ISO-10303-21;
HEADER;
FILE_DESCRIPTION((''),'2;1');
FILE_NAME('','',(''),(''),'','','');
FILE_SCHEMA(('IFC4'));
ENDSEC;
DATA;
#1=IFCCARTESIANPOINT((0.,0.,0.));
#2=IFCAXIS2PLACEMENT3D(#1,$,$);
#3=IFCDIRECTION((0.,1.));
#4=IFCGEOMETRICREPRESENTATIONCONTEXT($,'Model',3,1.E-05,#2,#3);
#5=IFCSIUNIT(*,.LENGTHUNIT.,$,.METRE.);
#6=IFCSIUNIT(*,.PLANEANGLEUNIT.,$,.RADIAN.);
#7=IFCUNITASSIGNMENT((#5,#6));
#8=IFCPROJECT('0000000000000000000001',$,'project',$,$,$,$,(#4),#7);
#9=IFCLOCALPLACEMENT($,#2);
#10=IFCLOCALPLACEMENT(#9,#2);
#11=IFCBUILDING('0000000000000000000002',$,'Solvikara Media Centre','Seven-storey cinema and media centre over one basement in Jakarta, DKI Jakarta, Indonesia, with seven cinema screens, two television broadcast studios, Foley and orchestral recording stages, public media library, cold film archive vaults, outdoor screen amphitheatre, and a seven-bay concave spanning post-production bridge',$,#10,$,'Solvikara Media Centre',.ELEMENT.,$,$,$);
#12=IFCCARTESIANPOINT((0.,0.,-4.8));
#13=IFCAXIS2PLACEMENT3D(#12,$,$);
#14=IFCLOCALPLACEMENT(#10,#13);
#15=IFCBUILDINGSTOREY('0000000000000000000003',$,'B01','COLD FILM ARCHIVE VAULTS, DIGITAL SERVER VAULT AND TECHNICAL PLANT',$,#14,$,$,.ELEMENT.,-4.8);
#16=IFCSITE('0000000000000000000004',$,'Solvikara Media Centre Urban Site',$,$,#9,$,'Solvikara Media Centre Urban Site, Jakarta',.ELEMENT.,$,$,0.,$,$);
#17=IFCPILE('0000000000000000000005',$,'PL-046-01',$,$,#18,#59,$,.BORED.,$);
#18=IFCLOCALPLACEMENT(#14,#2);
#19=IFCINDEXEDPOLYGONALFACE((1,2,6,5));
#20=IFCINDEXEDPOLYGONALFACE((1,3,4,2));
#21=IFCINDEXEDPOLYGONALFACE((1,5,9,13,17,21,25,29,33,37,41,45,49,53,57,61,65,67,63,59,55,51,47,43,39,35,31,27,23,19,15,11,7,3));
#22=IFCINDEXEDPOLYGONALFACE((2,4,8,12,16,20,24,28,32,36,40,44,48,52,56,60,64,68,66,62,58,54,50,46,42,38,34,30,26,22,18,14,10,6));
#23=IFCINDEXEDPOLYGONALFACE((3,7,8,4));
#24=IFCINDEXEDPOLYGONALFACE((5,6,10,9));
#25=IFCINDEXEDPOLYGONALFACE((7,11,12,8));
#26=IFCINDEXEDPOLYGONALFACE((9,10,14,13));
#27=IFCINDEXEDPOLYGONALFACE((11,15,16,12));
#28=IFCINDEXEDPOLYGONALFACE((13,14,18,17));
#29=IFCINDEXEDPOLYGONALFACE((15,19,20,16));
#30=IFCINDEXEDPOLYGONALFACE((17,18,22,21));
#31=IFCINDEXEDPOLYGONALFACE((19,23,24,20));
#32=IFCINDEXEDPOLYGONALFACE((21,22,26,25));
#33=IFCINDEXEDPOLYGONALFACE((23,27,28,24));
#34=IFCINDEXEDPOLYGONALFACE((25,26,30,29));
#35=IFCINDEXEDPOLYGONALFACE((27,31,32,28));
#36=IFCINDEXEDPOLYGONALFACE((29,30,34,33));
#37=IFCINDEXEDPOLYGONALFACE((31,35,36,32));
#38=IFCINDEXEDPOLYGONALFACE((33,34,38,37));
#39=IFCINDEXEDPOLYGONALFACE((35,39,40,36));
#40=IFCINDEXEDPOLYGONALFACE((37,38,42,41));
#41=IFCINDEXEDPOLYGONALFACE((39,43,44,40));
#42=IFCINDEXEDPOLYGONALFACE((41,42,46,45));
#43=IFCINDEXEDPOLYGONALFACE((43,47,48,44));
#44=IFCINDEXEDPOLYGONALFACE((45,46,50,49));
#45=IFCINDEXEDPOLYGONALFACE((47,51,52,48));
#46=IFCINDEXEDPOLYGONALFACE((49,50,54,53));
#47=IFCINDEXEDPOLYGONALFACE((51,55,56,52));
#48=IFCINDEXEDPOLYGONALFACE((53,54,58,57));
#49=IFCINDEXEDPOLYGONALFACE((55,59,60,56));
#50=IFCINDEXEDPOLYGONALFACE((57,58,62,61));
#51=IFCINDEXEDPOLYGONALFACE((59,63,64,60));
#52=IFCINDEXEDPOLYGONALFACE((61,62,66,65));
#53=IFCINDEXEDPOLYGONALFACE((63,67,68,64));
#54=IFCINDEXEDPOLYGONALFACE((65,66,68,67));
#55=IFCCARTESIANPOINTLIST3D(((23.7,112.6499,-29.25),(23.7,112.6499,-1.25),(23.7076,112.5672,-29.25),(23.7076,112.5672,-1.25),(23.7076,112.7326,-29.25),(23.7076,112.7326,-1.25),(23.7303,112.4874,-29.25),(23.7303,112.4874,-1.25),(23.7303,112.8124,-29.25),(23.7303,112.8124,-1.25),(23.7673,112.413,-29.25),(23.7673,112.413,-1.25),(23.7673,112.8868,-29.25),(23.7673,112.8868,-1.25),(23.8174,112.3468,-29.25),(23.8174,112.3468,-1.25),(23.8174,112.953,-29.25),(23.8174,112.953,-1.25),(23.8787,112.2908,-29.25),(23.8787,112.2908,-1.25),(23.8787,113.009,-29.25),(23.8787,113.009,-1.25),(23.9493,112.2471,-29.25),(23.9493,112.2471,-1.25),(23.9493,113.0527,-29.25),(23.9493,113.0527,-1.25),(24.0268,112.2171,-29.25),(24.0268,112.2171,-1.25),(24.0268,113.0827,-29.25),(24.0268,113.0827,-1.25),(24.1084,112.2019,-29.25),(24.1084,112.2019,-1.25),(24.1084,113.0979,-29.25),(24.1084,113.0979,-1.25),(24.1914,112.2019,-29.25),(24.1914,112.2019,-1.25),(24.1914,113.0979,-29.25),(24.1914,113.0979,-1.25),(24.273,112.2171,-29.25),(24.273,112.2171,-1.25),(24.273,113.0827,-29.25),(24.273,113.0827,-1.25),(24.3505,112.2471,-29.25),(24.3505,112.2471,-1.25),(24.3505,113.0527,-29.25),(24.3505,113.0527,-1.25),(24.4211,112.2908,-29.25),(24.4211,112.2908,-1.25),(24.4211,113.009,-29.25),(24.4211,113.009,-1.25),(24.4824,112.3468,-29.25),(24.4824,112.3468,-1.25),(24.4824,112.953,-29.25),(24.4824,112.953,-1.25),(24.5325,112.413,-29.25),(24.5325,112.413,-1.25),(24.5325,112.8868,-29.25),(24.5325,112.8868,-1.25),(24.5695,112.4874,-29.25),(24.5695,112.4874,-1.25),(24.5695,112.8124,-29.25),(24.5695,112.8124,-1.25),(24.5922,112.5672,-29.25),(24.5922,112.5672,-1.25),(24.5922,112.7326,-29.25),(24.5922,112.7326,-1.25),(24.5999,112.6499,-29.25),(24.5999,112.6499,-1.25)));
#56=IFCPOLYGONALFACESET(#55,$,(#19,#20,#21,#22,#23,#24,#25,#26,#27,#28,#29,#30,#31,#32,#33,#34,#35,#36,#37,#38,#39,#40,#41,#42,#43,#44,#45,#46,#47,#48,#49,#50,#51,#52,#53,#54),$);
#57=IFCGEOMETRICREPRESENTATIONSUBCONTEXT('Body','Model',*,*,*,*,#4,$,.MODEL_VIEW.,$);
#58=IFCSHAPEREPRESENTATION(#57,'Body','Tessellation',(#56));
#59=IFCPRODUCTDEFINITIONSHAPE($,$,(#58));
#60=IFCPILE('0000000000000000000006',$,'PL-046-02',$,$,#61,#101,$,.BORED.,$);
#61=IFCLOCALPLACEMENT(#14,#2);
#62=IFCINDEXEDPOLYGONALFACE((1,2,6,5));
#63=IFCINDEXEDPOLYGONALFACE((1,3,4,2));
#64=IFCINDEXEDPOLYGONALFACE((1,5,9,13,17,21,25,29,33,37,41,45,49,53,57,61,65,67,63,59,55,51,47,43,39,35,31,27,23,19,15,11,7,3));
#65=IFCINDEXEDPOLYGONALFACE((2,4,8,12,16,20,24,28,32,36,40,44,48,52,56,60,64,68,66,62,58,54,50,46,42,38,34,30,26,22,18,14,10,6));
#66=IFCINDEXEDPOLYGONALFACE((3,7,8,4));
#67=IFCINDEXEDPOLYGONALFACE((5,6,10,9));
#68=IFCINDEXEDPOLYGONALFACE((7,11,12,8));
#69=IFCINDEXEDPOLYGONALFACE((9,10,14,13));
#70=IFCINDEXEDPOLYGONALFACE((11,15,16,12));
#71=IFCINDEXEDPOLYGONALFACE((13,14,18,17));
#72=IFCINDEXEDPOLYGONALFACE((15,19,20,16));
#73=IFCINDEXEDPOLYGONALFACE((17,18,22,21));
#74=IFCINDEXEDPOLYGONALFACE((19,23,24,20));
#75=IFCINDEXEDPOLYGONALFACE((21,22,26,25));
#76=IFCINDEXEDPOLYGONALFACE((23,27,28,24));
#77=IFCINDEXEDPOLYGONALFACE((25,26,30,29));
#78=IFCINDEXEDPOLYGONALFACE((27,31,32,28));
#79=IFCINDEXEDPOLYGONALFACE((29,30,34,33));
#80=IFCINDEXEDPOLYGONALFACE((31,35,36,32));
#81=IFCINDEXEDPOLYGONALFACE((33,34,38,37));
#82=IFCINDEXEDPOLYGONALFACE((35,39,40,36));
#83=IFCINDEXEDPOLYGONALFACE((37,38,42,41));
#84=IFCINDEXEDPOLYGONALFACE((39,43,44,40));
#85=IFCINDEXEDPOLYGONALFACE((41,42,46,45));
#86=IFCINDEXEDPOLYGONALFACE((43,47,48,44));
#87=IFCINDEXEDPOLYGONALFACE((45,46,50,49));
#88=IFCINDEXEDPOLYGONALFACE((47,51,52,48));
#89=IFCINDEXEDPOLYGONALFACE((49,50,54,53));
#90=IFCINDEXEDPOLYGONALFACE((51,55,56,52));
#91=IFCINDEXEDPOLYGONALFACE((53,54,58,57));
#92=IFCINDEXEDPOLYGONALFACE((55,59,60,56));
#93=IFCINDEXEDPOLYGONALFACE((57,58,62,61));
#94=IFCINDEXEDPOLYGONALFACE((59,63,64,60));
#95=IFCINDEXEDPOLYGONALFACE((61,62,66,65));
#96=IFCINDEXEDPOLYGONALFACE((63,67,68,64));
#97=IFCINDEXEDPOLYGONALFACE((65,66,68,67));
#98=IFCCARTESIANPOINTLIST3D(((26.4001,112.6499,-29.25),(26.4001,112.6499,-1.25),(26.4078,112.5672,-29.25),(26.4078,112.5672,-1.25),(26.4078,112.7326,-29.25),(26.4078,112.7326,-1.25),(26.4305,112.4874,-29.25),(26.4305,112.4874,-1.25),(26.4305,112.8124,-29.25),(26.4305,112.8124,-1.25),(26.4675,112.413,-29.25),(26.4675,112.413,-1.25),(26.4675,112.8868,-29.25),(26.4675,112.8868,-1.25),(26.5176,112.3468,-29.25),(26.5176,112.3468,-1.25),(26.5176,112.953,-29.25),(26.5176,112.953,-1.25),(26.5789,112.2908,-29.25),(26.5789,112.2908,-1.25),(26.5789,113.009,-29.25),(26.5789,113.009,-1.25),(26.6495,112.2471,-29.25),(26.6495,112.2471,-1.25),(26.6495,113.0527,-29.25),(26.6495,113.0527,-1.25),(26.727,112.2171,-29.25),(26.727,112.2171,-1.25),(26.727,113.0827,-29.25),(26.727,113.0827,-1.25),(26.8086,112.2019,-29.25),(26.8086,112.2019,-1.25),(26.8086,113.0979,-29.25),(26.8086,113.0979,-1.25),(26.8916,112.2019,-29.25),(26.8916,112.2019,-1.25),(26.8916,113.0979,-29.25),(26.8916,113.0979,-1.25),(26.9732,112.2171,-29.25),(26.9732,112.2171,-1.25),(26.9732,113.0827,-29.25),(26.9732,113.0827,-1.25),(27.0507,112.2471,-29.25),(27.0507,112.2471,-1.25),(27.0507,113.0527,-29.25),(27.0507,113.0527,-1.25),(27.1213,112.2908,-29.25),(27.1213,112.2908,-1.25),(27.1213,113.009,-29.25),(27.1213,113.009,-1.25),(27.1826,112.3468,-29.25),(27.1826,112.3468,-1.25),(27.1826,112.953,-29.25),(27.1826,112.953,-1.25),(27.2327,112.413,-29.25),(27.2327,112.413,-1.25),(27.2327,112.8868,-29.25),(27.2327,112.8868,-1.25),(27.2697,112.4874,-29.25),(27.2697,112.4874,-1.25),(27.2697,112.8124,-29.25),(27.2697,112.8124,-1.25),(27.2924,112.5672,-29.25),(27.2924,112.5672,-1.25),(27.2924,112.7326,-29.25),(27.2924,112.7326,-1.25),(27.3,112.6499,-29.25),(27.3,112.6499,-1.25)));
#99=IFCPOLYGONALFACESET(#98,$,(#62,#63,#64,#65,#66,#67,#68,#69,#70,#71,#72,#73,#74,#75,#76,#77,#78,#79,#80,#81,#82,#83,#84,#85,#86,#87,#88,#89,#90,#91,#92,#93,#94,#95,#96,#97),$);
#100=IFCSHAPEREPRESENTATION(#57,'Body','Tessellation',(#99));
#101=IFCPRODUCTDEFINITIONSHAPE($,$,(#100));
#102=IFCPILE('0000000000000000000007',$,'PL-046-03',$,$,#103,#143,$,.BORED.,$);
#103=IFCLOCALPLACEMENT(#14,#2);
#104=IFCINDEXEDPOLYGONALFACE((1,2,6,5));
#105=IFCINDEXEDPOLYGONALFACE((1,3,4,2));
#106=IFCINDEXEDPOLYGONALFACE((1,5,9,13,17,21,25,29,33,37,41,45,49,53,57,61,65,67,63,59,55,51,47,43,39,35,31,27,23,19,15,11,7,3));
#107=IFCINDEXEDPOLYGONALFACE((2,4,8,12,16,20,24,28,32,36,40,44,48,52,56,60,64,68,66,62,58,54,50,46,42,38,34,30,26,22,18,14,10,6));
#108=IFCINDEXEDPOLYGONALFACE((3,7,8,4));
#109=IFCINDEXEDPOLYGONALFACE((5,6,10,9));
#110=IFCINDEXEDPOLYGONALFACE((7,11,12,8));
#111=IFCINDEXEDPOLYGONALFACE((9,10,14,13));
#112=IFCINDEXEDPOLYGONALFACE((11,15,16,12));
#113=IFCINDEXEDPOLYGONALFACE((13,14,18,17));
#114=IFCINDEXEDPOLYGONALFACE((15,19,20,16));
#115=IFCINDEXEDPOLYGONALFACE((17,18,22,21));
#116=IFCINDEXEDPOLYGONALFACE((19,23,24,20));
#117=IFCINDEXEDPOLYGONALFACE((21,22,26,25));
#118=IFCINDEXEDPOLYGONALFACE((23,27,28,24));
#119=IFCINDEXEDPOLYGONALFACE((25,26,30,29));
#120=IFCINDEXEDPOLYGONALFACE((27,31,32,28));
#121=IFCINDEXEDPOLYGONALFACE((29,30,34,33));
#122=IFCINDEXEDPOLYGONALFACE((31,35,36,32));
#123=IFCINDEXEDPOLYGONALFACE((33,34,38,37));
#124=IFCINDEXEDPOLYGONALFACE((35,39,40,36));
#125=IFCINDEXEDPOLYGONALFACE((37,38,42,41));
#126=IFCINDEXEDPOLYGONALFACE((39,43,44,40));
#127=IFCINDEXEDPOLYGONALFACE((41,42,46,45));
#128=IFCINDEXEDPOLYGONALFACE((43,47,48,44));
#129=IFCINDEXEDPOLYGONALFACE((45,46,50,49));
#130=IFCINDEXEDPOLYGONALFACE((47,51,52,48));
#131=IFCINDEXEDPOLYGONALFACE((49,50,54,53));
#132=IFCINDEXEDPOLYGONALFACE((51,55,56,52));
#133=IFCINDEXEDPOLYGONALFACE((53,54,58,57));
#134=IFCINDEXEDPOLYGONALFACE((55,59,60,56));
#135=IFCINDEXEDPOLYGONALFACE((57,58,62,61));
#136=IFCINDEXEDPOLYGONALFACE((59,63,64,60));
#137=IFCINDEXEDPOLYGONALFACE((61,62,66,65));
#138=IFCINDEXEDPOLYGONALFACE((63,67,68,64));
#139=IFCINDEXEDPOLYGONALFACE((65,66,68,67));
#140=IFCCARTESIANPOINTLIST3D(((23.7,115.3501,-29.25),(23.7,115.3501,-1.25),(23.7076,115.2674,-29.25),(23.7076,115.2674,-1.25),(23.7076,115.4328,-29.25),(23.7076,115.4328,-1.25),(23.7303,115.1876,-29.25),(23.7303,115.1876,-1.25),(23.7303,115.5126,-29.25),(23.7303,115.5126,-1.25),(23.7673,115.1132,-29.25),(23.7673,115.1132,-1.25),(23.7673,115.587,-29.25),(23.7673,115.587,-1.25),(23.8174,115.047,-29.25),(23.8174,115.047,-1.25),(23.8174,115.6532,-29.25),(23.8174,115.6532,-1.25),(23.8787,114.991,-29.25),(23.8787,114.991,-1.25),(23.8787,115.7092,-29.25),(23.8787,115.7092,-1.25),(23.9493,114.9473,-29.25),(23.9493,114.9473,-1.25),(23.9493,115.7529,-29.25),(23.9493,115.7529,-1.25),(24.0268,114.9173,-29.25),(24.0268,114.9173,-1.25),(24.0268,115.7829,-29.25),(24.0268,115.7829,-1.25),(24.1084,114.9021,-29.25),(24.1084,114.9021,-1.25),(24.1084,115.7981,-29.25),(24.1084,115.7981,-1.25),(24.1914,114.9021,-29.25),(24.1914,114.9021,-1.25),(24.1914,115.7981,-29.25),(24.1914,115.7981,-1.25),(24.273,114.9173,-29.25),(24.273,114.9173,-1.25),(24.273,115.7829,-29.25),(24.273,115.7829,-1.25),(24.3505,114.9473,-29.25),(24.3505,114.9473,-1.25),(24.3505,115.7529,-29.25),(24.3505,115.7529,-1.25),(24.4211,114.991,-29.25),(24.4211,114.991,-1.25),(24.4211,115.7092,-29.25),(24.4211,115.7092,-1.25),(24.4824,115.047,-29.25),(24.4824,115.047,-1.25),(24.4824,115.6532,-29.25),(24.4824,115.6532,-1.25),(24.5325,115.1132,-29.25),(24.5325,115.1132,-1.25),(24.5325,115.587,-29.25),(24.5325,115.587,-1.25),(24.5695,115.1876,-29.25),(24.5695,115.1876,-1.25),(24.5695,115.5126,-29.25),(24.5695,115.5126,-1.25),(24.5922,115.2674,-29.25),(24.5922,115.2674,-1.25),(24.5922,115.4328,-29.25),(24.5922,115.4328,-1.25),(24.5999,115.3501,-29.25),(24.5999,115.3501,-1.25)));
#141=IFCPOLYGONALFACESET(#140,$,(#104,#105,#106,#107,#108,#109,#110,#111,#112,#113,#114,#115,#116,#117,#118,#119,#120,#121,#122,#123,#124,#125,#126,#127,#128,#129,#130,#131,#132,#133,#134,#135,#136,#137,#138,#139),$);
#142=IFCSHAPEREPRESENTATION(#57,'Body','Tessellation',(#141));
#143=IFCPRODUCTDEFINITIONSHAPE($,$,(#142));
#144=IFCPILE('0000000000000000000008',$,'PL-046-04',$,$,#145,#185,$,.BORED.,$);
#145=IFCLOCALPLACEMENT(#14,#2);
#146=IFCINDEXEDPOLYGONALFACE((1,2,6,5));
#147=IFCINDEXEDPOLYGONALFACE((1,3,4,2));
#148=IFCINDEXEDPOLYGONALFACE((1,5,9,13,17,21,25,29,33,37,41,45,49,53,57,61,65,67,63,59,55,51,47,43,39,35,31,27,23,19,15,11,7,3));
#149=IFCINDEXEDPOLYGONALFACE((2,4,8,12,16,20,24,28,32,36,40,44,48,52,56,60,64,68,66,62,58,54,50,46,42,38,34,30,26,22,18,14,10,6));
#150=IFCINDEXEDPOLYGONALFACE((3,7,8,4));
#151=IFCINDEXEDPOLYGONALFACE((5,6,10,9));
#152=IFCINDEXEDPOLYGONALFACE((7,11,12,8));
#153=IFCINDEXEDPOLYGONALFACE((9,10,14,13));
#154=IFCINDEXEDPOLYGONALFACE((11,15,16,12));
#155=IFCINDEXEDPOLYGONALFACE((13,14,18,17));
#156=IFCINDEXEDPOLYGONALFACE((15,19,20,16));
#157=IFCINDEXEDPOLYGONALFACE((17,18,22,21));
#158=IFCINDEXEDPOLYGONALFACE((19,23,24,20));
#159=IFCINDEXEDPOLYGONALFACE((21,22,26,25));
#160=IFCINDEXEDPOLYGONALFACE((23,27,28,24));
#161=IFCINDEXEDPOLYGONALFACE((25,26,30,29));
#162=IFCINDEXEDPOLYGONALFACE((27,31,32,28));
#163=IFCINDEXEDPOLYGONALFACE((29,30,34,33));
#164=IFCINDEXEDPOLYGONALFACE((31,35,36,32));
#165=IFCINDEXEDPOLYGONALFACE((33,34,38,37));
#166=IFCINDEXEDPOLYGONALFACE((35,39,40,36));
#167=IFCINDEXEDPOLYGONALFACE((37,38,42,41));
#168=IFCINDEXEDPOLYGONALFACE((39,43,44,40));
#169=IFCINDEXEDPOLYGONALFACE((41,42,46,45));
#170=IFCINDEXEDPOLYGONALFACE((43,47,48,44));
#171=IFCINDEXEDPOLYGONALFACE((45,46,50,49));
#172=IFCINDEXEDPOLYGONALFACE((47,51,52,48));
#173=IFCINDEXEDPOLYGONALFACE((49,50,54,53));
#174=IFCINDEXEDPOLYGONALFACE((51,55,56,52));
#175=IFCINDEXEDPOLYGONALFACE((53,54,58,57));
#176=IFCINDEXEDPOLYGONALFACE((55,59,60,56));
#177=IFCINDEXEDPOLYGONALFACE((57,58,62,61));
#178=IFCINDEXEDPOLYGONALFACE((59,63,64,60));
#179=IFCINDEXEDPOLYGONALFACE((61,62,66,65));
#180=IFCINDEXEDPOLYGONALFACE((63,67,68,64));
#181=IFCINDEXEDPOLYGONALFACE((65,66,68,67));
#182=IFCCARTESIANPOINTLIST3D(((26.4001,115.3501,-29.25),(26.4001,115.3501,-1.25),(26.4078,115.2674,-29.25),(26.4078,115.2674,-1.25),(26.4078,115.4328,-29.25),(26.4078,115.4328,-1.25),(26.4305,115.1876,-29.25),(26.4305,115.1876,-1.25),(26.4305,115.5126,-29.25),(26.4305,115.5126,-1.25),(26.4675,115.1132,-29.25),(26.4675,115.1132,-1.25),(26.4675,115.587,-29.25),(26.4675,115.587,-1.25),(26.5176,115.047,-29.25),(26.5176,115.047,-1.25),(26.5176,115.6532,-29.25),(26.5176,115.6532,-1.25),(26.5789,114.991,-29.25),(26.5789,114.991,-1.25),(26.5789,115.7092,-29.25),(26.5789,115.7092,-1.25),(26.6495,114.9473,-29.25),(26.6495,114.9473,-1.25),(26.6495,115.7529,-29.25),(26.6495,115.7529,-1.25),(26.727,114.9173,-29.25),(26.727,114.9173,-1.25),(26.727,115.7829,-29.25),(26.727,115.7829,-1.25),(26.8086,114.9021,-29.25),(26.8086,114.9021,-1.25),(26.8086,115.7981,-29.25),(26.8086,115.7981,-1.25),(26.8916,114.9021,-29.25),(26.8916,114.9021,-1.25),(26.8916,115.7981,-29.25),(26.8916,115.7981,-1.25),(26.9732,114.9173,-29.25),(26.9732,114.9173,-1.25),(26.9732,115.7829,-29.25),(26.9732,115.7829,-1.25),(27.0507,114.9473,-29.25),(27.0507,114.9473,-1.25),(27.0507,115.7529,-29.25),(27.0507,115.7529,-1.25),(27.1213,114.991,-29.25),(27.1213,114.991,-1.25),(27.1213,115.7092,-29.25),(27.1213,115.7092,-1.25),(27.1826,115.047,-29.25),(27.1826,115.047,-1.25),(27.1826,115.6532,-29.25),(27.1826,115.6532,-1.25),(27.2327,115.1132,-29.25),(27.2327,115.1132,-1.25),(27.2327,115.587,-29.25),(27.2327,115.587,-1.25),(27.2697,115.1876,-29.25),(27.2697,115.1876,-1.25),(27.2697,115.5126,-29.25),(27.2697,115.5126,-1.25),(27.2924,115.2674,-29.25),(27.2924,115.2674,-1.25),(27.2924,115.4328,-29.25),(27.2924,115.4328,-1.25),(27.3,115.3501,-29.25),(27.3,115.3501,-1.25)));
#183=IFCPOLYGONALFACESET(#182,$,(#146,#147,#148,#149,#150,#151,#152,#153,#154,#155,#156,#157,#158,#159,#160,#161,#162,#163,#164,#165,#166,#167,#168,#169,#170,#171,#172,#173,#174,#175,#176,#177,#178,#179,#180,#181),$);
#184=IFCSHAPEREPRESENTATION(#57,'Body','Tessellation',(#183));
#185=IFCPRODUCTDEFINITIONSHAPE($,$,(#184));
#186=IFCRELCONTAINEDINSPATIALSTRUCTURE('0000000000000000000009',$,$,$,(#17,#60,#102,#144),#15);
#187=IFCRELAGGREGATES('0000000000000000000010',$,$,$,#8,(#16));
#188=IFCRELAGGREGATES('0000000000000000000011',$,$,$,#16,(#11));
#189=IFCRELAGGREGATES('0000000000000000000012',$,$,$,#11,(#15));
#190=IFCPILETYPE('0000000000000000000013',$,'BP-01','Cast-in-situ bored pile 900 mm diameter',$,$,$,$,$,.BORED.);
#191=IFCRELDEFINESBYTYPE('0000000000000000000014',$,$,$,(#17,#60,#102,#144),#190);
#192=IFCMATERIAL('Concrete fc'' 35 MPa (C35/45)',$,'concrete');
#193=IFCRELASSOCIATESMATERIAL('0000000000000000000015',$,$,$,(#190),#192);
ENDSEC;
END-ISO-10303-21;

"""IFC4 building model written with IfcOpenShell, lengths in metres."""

from ifc_helpers import new_model, si_unit, direction, frame, origin, origin_2d, place, context, subcontext, project, spatial, circle, extrude, material, material_profile, profile_set, type_object, element, save


model = new_model("IFC4")

# Units and contexts
model_context = context("Model", 3, precision=1e-05, world=origin(), true_north=direction((0.0, 1.0)))
body_context = subcontext(model_context, "Body", "Model", "MODEL_VIEW")
ifc_project = project(units=[si_unit("LENGTHUNIT", "METRE"), si_unit("PLANEANGLEUNIT", "RADIAN")], contexts=[model_context])

# Site, building, storey
site_placement = place(None, origin())
site = spatial("IfcSite", under=ifc_project, at=site_placement, Name="Solvikara Media Centre Urban Site", LongName="Solvikara Media Centre Urban Site, Jakarta", CompositionType="ELEMENT", RefElevation=0.0)
building_placement = place(site_placement, origin())
building = spatial("IfcBuilding", under=site, at=building_placement, Name="Solvikara Media Centre", Description="Seven-storey cinema and media centre over one basement in Jakarta, DKI Jakarta, Indonesia, with seven cinema screens, two television broadcast studios, Foley and orchestral recording stages, public media library, cold film archive vaults, outdoor screen amphitheatre, and a seven-bay concave spanning post-production bridge", LongName="Solvikara Media Centre", CompositionType="ELEMENT")
storey_placement = place(building_placement, frame((0.0, 0.0, -4.8)))
storey = spatial("IfcBuildingStorey", under=building, at=storey_placement, Name="B01", Description="COLD FILM ARCHIVE VAULTS, DIGITAL SERVER VAULT AND TECHNICAL PLANT", CompositionType="ELEMENT", Elevation=-4.8)

# Piles
ifc_material_1 = material(Name="Concrete fc' 35 MPa (C35/45)", Category="concrete")
ifc_material_profile_1 = material_profile(ifc_material_1, circle(Radius=0.45, at=origin_2d()), Name="BORED PILE D900")
ifc_profile_set_1 = profile_set([ifc_material_profile_1], Name="Concrete fc' 35 MPa (C35/45)")
pile_type = type_object("IfcPileType", Name="BP-01", Description="Cast-in-situ bored pile 900 mm diameter", PredefinedType="BORED", material=ifc_profile_set_1)
for number, where, z_axis, x_axis, name in (
    (1, (24.1499, 112.6499, -1.25), (0.0, 0.0, -1.0), (1.0, 0.0, 0.0), "PL-046-01"),
    (2, (26.8501, 112.6499, -1.25), (0.0, 0.0, -1.0), (1.0, 0.0, 0.0), "PL-046-02"),
    (3, (24.1499, 115.3501, -1.25), (0.0, 0.0, -1.0), (1.0, 0.0, 0.0), "PL-046-03"),
    (4, (26.8501, 115.3501, -1.25), (0.0, 0.0, -1.0), (1.0, 0.0, 0.0), "PL-046-04"),
):
    element("IfcPile", number, at=place(storey_placement, frame(where, z_axis=z_axis, x_axis=x_axis)), inside=storey, type_object=pile_type, Name=name, PredefinedType="BORED", context=body_context, shape_type="SweptSolid", body=[
        extrude(circle(Radius=0.45, at=origin_2d()), origin(), (0.0, 0.0, 1.0), 28.0),
    ])

save(model, "model.ifc")
